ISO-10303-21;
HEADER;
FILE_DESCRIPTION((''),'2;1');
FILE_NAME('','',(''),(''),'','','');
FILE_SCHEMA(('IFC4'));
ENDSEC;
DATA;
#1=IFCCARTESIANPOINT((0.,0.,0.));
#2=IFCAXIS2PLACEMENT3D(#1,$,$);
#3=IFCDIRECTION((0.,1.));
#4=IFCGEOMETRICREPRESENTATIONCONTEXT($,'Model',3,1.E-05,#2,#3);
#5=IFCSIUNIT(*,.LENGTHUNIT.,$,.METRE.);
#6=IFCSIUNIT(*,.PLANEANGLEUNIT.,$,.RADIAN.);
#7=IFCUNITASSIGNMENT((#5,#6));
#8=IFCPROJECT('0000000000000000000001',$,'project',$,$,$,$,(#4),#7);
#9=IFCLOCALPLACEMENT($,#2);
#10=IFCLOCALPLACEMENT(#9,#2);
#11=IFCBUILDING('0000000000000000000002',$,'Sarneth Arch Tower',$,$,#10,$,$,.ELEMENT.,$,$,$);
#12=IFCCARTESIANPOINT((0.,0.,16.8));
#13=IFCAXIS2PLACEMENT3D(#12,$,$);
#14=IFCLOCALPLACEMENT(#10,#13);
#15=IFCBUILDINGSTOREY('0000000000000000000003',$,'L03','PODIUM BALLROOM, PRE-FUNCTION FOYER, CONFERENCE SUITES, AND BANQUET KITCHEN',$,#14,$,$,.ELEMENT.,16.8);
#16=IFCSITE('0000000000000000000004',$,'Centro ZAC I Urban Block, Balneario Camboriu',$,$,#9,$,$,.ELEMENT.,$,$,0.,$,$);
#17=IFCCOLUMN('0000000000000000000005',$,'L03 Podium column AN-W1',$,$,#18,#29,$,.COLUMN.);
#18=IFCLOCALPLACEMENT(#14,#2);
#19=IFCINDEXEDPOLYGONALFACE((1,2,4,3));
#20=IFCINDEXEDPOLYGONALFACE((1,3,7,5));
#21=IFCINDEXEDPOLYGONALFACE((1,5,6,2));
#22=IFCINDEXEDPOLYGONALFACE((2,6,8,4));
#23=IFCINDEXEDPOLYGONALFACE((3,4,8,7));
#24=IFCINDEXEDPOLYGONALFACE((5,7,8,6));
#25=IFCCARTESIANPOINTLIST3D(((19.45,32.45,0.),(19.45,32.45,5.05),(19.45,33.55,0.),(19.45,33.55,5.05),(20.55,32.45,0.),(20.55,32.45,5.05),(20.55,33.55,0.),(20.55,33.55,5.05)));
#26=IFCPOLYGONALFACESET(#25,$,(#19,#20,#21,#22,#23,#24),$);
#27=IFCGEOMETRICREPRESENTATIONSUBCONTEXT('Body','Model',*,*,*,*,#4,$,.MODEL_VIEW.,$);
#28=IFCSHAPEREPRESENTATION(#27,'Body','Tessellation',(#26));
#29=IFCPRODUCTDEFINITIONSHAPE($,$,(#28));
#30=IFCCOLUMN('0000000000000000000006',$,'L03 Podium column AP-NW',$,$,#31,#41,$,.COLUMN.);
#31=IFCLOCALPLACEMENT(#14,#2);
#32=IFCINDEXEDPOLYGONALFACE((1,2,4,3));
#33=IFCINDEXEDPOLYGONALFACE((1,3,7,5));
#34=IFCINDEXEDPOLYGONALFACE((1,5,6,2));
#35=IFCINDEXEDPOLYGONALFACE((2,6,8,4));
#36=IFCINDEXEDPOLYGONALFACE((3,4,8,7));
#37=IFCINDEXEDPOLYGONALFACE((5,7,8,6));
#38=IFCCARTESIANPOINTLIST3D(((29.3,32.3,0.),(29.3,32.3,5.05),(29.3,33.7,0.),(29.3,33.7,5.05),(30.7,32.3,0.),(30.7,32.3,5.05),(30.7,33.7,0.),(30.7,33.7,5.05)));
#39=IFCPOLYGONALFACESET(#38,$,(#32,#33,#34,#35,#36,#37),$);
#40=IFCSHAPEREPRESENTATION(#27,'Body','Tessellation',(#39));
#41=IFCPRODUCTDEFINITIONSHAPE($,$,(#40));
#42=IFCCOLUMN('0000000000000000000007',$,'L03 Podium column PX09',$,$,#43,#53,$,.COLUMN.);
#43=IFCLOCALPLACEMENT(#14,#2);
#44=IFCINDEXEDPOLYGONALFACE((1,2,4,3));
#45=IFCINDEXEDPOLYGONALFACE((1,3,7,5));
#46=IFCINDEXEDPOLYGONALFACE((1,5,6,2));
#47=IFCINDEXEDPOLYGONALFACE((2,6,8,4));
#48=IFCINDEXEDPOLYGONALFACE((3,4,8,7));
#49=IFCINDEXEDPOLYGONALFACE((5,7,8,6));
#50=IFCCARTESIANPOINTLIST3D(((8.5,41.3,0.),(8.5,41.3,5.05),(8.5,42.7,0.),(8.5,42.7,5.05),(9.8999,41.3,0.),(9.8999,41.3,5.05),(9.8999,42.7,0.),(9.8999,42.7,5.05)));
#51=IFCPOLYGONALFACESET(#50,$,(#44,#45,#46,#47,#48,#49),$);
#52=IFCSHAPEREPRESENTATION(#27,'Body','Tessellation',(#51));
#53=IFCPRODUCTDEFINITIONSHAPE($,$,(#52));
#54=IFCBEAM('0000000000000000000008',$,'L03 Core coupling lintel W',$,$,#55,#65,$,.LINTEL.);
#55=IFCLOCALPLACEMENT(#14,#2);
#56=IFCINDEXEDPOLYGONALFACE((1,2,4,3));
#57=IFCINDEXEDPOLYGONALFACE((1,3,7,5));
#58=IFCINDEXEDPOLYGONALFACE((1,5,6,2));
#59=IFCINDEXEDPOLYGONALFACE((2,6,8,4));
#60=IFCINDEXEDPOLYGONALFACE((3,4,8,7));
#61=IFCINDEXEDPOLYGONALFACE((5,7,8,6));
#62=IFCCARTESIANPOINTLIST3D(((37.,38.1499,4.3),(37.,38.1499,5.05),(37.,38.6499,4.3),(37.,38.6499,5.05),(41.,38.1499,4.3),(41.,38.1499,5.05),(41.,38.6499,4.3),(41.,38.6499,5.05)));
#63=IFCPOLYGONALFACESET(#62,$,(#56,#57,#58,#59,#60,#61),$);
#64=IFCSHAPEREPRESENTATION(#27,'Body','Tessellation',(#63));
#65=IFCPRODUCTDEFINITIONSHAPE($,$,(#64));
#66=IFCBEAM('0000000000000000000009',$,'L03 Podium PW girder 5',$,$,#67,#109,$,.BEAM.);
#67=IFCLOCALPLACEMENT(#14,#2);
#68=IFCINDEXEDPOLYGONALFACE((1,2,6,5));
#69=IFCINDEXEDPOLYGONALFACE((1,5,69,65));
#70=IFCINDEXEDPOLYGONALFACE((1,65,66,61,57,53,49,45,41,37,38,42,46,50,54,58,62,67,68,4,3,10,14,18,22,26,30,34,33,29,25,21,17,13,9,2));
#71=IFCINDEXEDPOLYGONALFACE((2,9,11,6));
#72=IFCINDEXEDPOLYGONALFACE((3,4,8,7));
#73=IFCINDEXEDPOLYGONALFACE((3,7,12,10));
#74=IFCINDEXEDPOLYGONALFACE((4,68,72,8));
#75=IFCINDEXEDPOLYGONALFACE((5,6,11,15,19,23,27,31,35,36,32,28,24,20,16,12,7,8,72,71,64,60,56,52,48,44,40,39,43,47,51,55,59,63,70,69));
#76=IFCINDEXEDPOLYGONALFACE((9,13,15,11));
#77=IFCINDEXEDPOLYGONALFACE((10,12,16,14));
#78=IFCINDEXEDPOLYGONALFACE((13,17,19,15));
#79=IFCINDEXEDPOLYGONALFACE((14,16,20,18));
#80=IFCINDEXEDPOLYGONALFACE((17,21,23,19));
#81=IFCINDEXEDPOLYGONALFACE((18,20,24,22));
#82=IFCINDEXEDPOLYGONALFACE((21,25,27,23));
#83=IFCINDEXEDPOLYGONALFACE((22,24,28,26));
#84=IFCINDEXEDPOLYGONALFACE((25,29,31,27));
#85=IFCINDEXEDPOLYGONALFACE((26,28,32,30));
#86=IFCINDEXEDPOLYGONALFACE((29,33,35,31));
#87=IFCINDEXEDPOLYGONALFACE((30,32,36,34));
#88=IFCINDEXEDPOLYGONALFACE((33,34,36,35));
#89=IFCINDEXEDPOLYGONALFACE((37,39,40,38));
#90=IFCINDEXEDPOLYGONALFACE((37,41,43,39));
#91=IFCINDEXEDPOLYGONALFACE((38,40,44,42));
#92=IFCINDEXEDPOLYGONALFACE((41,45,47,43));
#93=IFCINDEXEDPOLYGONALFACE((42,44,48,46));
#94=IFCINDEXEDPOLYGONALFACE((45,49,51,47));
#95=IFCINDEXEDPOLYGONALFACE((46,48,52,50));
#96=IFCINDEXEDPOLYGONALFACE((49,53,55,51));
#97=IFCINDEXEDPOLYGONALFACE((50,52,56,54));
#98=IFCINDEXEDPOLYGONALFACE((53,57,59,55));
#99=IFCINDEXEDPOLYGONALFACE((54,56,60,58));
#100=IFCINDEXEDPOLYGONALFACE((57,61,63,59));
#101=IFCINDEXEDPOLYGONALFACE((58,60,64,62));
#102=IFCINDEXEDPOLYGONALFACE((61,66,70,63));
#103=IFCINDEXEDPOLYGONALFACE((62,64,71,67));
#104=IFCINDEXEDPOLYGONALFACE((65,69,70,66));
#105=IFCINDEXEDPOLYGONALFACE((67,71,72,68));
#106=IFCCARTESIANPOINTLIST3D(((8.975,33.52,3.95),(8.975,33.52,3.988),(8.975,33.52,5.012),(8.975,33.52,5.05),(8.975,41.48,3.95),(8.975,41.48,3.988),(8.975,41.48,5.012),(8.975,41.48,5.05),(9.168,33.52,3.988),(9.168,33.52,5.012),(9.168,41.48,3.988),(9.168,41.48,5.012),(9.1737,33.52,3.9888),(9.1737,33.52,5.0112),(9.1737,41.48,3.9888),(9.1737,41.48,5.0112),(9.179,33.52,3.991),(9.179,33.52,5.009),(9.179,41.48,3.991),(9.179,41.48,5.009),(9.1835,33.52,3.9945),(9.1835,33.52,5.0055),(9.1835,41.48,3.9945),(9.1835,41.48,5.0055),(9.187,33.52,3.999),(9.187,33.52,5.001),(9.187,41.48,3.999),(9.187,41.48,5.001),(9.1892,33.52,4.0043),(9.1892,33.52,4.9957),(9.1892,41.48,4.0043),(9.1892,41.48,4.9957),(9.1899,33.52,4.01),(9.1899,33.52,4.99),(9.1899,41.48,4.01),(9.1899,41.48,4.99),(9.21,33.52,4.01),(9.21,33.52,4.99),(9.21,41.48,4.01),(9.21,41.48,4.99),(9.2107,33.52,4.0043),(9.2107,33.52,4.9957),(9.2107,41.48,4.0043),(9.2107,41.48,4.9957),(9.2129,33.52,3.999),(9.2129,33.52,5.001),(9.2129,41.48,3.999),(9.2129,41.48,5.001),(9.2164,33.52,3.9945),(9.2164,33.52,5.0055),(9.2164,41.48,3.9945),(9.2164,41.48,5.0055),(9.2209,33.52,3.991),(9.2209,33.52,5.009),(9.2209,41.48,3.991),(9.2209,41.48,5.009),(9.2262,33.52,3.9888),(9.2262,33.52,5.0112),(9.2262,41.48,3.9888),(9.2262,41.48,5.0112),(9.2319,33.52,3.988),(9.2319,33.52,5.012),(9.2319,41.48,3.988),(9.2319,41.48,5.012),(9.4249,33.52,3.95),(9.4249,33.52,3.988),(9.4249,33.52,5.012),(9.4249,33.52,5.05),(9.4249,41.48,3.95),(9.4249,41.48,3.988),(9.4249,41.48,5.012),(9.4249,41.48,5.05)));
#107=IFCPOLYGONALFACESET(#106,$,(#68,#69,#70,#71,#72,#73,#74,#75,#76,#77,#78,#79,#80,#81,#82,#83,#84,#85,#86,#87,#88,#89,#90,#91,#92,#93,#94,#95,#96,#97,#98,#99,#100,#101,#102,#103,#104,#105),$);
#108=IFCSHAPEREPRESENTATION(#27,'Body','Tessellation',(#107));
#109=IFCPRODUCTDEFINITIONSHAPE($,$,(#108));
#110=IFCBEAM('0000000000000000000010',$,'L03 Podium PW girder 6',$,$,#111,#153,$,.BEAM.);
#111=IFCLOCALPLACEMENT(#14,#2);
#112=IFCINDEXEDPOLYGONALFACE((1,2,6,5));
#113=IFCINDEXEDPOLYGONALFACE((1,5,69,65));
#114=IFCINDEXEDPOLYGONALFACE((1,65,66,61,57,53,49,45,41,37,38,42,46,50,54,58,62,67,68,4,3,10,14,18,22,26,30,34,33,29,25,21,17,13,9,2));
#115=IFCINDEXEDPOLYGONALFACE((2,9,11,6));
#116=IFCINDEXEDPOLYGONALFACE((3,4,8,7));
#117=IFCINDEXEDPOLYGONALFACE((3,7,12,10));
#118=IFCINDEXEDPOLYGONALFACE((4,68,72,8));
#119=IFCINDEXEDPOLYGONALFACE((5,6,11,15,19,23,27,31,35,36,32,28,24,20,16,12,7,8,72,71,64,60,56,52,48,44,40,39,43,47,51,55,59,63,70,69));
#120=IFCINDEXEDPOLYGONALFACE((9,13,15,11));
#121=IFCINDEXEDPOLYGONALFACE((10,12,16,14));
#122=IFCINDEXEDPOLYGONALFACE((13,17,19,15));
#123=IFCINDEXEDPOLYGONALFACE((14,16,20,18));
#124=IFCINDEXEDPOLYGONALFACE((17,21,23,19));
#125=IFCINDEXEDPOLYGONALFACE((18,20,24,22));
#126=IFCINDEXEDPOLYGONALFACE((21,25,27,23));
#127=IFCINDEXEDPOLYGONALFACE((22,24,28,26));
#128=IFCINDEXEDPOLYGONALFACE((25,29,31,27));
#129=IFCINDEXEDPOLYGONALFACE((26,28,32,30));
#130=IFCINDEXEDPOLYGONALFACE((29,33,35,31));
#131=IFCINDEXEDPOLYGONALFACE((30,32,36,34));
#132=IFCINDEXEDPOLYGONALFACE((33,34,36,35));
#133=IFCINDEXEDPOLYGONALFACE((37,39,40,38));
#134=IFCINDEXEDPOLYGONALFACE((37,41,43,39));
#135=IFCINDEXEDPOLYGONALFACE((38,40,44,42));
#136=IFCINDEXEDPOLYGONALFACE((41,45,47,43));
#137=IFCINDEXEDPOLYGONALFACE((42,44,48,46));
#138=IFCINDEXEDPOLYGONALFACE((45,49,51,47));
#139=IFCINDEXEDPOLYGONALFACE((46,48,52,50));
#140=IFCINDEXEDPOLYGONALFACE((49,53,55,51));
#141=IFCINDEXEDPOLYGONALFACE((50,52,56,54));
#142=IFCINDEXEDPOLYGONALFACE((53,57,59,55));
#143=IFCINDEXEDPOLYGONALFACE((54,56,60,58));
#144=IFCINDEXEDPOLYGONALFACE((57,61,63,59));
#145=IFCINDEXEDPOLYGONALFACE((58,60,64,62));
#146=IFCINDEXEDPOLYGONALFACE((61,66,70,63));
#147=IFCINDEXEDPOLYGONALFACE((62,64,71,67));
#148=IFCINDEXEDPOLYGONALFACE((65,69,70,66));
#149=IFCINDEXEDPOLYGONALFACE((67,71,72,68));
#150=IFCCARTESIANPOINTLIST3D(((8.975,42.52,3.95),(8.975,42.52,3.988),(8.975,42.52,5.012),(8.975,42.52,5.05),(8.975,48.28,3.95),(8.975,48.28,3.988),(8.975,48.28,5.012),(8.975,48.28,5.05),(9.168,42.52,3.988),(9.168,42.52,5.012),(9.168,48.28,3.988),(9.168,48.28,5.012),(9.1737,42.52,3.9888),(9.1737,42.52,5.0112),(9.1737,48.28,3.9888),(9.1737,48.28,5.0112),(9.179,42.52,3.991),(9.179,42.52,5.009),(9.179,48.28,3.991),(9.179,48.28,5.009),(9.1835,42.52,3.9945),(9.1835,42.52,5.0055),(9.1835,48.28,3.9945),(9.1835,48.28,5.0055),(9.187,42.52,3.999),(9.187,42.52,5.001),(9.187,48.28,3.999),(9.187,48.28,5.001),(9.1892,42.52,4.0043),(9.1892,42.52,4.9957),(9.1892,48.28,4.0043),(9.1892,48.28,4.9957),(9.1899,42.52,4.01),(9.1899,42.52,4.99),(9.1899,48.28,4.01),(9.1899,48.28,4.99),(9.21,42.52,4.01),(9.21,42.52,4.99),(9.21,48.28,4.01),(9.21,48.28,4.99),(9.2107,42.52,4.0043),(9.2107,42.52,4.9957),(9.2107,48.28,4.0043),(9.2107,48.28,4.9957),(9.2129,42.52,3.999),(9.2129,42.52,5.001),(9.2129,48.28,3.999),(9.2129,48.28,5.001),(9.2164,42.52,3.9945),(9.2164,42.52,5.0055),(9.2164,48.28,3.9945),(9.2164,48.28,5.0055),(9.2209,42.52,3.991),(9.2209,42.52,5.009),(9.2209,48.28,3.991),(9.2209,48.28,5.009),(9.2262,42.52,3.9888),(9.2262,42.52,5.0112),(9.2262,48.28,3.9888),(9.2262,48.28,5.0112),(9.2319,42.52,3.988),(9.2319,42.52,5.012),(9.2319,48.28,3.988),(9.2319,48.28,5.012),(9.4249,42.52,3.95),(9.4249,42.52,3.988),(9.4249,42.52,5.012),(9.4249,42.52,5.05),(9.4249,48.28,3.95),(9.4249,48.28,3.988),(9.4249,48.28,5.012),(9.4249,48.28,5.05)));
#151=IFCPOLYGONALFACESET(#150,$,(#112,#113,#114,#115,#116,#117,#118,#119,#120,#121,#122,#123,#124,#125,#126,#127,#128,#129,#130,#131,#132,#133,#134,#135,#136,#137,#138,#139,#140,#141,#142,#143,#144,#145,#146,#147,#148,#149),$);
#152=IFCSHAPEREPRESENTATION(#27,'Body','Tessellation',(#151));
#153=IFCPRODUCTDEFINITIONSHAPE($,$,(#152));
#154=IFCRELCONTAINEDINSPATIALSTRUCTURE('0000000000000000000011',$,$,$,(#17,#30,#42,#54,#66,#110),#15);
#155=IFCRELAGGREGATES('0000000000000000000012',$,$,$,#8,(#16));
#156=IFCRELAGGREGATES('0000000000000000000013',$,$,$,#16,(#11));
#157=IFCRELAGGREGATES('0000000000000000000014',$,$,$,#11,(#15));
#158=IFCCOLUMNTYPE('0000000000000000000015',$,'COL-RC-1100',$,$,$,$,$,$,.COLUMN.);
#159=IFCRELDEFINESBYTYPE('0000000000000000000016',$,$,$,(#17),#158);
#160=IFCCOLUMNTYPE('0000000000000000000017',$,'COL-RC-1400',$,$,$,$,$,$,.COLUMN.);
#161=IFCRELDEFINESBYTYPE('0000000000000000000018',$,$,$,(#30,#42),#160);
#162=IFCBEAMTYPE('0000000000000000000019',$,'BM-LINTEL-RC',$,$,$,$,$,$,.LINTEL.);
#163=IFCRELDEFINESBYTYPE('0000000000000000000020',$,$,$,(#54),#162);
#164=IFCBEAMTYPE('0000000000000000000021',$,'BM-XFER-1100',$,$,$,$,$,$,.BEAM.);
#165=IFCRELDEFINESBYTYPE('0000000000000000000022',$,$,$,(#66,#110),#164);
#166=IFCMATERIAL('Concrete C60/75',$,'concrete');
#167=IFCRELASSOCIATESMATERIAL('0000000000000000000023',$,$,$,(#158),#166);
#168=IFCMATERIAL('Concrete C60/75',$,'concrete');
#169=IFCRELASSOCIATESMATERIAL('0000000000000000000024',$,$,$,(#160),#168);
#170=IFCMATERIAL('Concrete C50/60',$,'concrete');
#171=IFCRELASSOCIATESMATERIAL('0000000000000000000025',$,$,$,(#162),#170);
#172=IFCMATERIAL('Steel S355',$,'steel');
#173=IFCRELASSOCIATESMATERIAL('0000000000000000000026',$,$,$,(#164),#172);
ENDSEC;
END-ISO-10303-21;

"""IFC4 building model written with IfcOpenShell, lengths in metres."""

from ifc_helpers import new_model, si_unit, direction, frame, origin, origin_2d, place, context, subcontext, project, spatial, rectangle, i_section, extrude, material, material_profile, profile_set, type_object, element, save


model = new_model("IFC4")

# Units and contexts
model_context = context("Model", 3, precision=1e-05, world=origin(), true_north=direction((0.0, 1.0)))
body_context = subcontext(model_context, "Body", "Model", "MODEL_VIEW")
ifc_project = project(units=[si_unit("LENGTHUNIT", "METRE"), si_unit("PLANEANGLEUNIT", "RADIAN")], contexts=[model_context])

# Site, building, storey
site_placement = place(None, origin())
site = spatial("IfcSite", under=ifc_project, at=site_placement, Name="Centro ZAC I Urban Block, Balneario Camboriu", CompositionType="ELEMENT", RefElevation=0.0)
building_placement = place(site_placement, origin())
building = spatial("IfcBuilding", under=site, at=building_placement, Name="Sarneth Arch Tower", CompositionType="ELEMENT")
storey_placement = place(building_placement, frame((0.0, 0.0, 16.8)))
storey = spatial("IfcBuildingStorey", under=building, at=storey_placement, Name="L03", Description="PODIUM BALLROOM, PRE-FUNCTION FOYER, CONFERENCE SUITES, AND BANQUET KITCHEN", CompositionType="ELEMENT", Elevation=16.8)

# Columns
ifc_material_1 = material(Name="Concrete C60/75", Category="concrete")
ifc_material_profile_1 = material_profile(ifc_material_1, rectangle(XDim=1.1001, YDim=1.1001, at=origin_2d()), Name="RC-1100x1100")
ifc_profile_set_1 = profile_set([ifc_material_profile_1], Name="Concrete C60/75")
column_type_1 = type_object("IfcColumnType", Name="COL-RC-1100", PredefinedType="COLUMN", material=ifc_profile_set_1)
column_placement = place(storey_placement, frame((20.0, 33.0, 0.0), z_axis=(0.0, 0.0, 1.0), x_axis=(1.0, 0.0, 0.0)))
element("IfcColumn", 1, at=column_placement, inside=storey, type_object=column_type_1, Name="L03 Podium column AN-W1", PredefinedType="COLUMN", context=body_context, shape_type="SweptSolid", body=[
    extrude(rectangle(XDim=1.1001, YDim=1.1001, at=origin_2d()), origin(), (0.0, 0.0, 1.0), 5.05),
])
ifc_material_2 = material(Name="Concrete C60/75", Category="concrete")
ifc_material_profile_2 = material_profile(ifc_material_2, rectangle(XDim=1.3999, YDim=1.3999, at=origin_2d()), Name="RC-1400x1400")
ifc_profile_set_2 = profile_set([ifc_material_profile_2], Name="Concrete C60/75")
column_type_2 = type_object("IfcColumnType", Name="COL-RC-1400", PredefinedType="COLUMN", material=ifc_profile_set_2)
for number, where, z_axis, x_axis, name in (
    (2, (30.0, 33.0, 0.0), (0.0, 0.0, 1.0), (1.0, 0.0, 0.0), "L03 Podium column AP-NW"),
    (3, (9.2, 42.0, 0.0), (0.0, 0.0, 1.0), (1.0, 0.0, 0.0), "L03 Podium column PX09"),
):
    element("IfcColumn", number, at=place(storey_placement, frame(where, z_axis=z_axis, x_axis=x_axis)), inside=storey, type_object=column_type_2, Name=name, PredefinedType="COLUMN", context=body_context, shape_type="SweptSolid", body=[
        extrude(rectangle(XDim=1.3999, YDim=1.3999, at=origin_2d()), origin(), (0.0, 0.0, 1.0), 5.05),
    ])

# Beams
ifc_material_3 = material(Name="Concrete C50/60", Category="concrete")
ifc_material_profile_3 = material_profile(ifc_material_3, rectangle(XDim=0.5, YDim=0.75, at=origin_2d()), Name="RC-500x750")
ifc_profile_set_3 = profile_set([ifc_material_profile_3], Name="Concrete C50/60")
beam_type_1 = type_object("IfcBeamType", Name="BM-LINTEL-RC", PredefinedType="LINTEL", material=ifc_profile_set_3)
beam_1_placement = place(storey_placement, frame((37.0, 38.3999, 4.675), z_axis=(1.0, 0.0, 0.0), x_axis=(0.0, 1.0, 0.0)))
element("IfcBeam", 4, at=beam_1_placement, inside=storey, type_object=beam_type_1, Name="L03 Core coupling lintel W", PredefinedType="LINTEL", context=body_context, shape_type="SweptSolid", body=[
    extrude(rectangle(XDim=0.5, YDim=0.75, at=origin_2d()), origin(), (0.0, 0.0, 1.0), 4.0),
])
ifc_material_4 = material(Name="Steel S355", Category="steel")
ifc_material_profile_4 = material_profile(ifc_material_4, i_section(OverallWidth=0.45, OverallDepth=1.1001, WebThickness=0.02, FlangeThickness=0.0381, FilletRadius=0.022, at=origin_2d()), Name="CVS1100x456")
ifc_profile_set_4 = profile_set([ifc_material_profile_4], Name="Steel S355")
beam_type_2 = type_object("IfcBeamType", Name="BM-XFER-1100", PredefinedType="BEAM", material=ifc_profile_set_4)
beam_2_placement = place(storey_placement, frame((9.2, 33.52, 4.5), z_axis=(0.0, 1.0, 0.0), x_axis=(-1.0, 0.0, 0.0)))
element("IfcBeam", 5, at=beam_2_placement, inside=storey, type_object=beam_type_2, Name="L03 Podium PW girder 5", PredefinedType="BEAM", context=body_context, shape_type="SweptSolid", body=[
    extrude(i_section(OverallWidth=0.45, OverallDepth=1.1001, WebThickness=0.02, FlangeThickness=0.0381, FilletRadius=0.022, at=origin_2d()), origin(), (0.0, 0.0, 1.0), 7.96),
])
beam_3_placement = place(storey_placement, frame((9.2, 42.52, 4.5), z_axis=(0.0, 1.0, 0.0), x_axis=(-1.0, 0.0, 0.0)))
element("IfcBeam", 6, at=beam_3_placement, inside=storey, type_object=beam_type_2, Name="L03 Podium PW girder 6", PredefinedType="BEAM", context=body_context, shape_type="SweptSolid", body=[
    extrude(i_section(OverallWidth=0.45, OverallDepth=1.1001, WebThickness=0.02, FlangeThickness=0.0381, FilletRadius=0.022, at=origin_2d()), origin(), (0.0, 0.0, 1.0), 5.76),
])

save(model, "model.ifc")
